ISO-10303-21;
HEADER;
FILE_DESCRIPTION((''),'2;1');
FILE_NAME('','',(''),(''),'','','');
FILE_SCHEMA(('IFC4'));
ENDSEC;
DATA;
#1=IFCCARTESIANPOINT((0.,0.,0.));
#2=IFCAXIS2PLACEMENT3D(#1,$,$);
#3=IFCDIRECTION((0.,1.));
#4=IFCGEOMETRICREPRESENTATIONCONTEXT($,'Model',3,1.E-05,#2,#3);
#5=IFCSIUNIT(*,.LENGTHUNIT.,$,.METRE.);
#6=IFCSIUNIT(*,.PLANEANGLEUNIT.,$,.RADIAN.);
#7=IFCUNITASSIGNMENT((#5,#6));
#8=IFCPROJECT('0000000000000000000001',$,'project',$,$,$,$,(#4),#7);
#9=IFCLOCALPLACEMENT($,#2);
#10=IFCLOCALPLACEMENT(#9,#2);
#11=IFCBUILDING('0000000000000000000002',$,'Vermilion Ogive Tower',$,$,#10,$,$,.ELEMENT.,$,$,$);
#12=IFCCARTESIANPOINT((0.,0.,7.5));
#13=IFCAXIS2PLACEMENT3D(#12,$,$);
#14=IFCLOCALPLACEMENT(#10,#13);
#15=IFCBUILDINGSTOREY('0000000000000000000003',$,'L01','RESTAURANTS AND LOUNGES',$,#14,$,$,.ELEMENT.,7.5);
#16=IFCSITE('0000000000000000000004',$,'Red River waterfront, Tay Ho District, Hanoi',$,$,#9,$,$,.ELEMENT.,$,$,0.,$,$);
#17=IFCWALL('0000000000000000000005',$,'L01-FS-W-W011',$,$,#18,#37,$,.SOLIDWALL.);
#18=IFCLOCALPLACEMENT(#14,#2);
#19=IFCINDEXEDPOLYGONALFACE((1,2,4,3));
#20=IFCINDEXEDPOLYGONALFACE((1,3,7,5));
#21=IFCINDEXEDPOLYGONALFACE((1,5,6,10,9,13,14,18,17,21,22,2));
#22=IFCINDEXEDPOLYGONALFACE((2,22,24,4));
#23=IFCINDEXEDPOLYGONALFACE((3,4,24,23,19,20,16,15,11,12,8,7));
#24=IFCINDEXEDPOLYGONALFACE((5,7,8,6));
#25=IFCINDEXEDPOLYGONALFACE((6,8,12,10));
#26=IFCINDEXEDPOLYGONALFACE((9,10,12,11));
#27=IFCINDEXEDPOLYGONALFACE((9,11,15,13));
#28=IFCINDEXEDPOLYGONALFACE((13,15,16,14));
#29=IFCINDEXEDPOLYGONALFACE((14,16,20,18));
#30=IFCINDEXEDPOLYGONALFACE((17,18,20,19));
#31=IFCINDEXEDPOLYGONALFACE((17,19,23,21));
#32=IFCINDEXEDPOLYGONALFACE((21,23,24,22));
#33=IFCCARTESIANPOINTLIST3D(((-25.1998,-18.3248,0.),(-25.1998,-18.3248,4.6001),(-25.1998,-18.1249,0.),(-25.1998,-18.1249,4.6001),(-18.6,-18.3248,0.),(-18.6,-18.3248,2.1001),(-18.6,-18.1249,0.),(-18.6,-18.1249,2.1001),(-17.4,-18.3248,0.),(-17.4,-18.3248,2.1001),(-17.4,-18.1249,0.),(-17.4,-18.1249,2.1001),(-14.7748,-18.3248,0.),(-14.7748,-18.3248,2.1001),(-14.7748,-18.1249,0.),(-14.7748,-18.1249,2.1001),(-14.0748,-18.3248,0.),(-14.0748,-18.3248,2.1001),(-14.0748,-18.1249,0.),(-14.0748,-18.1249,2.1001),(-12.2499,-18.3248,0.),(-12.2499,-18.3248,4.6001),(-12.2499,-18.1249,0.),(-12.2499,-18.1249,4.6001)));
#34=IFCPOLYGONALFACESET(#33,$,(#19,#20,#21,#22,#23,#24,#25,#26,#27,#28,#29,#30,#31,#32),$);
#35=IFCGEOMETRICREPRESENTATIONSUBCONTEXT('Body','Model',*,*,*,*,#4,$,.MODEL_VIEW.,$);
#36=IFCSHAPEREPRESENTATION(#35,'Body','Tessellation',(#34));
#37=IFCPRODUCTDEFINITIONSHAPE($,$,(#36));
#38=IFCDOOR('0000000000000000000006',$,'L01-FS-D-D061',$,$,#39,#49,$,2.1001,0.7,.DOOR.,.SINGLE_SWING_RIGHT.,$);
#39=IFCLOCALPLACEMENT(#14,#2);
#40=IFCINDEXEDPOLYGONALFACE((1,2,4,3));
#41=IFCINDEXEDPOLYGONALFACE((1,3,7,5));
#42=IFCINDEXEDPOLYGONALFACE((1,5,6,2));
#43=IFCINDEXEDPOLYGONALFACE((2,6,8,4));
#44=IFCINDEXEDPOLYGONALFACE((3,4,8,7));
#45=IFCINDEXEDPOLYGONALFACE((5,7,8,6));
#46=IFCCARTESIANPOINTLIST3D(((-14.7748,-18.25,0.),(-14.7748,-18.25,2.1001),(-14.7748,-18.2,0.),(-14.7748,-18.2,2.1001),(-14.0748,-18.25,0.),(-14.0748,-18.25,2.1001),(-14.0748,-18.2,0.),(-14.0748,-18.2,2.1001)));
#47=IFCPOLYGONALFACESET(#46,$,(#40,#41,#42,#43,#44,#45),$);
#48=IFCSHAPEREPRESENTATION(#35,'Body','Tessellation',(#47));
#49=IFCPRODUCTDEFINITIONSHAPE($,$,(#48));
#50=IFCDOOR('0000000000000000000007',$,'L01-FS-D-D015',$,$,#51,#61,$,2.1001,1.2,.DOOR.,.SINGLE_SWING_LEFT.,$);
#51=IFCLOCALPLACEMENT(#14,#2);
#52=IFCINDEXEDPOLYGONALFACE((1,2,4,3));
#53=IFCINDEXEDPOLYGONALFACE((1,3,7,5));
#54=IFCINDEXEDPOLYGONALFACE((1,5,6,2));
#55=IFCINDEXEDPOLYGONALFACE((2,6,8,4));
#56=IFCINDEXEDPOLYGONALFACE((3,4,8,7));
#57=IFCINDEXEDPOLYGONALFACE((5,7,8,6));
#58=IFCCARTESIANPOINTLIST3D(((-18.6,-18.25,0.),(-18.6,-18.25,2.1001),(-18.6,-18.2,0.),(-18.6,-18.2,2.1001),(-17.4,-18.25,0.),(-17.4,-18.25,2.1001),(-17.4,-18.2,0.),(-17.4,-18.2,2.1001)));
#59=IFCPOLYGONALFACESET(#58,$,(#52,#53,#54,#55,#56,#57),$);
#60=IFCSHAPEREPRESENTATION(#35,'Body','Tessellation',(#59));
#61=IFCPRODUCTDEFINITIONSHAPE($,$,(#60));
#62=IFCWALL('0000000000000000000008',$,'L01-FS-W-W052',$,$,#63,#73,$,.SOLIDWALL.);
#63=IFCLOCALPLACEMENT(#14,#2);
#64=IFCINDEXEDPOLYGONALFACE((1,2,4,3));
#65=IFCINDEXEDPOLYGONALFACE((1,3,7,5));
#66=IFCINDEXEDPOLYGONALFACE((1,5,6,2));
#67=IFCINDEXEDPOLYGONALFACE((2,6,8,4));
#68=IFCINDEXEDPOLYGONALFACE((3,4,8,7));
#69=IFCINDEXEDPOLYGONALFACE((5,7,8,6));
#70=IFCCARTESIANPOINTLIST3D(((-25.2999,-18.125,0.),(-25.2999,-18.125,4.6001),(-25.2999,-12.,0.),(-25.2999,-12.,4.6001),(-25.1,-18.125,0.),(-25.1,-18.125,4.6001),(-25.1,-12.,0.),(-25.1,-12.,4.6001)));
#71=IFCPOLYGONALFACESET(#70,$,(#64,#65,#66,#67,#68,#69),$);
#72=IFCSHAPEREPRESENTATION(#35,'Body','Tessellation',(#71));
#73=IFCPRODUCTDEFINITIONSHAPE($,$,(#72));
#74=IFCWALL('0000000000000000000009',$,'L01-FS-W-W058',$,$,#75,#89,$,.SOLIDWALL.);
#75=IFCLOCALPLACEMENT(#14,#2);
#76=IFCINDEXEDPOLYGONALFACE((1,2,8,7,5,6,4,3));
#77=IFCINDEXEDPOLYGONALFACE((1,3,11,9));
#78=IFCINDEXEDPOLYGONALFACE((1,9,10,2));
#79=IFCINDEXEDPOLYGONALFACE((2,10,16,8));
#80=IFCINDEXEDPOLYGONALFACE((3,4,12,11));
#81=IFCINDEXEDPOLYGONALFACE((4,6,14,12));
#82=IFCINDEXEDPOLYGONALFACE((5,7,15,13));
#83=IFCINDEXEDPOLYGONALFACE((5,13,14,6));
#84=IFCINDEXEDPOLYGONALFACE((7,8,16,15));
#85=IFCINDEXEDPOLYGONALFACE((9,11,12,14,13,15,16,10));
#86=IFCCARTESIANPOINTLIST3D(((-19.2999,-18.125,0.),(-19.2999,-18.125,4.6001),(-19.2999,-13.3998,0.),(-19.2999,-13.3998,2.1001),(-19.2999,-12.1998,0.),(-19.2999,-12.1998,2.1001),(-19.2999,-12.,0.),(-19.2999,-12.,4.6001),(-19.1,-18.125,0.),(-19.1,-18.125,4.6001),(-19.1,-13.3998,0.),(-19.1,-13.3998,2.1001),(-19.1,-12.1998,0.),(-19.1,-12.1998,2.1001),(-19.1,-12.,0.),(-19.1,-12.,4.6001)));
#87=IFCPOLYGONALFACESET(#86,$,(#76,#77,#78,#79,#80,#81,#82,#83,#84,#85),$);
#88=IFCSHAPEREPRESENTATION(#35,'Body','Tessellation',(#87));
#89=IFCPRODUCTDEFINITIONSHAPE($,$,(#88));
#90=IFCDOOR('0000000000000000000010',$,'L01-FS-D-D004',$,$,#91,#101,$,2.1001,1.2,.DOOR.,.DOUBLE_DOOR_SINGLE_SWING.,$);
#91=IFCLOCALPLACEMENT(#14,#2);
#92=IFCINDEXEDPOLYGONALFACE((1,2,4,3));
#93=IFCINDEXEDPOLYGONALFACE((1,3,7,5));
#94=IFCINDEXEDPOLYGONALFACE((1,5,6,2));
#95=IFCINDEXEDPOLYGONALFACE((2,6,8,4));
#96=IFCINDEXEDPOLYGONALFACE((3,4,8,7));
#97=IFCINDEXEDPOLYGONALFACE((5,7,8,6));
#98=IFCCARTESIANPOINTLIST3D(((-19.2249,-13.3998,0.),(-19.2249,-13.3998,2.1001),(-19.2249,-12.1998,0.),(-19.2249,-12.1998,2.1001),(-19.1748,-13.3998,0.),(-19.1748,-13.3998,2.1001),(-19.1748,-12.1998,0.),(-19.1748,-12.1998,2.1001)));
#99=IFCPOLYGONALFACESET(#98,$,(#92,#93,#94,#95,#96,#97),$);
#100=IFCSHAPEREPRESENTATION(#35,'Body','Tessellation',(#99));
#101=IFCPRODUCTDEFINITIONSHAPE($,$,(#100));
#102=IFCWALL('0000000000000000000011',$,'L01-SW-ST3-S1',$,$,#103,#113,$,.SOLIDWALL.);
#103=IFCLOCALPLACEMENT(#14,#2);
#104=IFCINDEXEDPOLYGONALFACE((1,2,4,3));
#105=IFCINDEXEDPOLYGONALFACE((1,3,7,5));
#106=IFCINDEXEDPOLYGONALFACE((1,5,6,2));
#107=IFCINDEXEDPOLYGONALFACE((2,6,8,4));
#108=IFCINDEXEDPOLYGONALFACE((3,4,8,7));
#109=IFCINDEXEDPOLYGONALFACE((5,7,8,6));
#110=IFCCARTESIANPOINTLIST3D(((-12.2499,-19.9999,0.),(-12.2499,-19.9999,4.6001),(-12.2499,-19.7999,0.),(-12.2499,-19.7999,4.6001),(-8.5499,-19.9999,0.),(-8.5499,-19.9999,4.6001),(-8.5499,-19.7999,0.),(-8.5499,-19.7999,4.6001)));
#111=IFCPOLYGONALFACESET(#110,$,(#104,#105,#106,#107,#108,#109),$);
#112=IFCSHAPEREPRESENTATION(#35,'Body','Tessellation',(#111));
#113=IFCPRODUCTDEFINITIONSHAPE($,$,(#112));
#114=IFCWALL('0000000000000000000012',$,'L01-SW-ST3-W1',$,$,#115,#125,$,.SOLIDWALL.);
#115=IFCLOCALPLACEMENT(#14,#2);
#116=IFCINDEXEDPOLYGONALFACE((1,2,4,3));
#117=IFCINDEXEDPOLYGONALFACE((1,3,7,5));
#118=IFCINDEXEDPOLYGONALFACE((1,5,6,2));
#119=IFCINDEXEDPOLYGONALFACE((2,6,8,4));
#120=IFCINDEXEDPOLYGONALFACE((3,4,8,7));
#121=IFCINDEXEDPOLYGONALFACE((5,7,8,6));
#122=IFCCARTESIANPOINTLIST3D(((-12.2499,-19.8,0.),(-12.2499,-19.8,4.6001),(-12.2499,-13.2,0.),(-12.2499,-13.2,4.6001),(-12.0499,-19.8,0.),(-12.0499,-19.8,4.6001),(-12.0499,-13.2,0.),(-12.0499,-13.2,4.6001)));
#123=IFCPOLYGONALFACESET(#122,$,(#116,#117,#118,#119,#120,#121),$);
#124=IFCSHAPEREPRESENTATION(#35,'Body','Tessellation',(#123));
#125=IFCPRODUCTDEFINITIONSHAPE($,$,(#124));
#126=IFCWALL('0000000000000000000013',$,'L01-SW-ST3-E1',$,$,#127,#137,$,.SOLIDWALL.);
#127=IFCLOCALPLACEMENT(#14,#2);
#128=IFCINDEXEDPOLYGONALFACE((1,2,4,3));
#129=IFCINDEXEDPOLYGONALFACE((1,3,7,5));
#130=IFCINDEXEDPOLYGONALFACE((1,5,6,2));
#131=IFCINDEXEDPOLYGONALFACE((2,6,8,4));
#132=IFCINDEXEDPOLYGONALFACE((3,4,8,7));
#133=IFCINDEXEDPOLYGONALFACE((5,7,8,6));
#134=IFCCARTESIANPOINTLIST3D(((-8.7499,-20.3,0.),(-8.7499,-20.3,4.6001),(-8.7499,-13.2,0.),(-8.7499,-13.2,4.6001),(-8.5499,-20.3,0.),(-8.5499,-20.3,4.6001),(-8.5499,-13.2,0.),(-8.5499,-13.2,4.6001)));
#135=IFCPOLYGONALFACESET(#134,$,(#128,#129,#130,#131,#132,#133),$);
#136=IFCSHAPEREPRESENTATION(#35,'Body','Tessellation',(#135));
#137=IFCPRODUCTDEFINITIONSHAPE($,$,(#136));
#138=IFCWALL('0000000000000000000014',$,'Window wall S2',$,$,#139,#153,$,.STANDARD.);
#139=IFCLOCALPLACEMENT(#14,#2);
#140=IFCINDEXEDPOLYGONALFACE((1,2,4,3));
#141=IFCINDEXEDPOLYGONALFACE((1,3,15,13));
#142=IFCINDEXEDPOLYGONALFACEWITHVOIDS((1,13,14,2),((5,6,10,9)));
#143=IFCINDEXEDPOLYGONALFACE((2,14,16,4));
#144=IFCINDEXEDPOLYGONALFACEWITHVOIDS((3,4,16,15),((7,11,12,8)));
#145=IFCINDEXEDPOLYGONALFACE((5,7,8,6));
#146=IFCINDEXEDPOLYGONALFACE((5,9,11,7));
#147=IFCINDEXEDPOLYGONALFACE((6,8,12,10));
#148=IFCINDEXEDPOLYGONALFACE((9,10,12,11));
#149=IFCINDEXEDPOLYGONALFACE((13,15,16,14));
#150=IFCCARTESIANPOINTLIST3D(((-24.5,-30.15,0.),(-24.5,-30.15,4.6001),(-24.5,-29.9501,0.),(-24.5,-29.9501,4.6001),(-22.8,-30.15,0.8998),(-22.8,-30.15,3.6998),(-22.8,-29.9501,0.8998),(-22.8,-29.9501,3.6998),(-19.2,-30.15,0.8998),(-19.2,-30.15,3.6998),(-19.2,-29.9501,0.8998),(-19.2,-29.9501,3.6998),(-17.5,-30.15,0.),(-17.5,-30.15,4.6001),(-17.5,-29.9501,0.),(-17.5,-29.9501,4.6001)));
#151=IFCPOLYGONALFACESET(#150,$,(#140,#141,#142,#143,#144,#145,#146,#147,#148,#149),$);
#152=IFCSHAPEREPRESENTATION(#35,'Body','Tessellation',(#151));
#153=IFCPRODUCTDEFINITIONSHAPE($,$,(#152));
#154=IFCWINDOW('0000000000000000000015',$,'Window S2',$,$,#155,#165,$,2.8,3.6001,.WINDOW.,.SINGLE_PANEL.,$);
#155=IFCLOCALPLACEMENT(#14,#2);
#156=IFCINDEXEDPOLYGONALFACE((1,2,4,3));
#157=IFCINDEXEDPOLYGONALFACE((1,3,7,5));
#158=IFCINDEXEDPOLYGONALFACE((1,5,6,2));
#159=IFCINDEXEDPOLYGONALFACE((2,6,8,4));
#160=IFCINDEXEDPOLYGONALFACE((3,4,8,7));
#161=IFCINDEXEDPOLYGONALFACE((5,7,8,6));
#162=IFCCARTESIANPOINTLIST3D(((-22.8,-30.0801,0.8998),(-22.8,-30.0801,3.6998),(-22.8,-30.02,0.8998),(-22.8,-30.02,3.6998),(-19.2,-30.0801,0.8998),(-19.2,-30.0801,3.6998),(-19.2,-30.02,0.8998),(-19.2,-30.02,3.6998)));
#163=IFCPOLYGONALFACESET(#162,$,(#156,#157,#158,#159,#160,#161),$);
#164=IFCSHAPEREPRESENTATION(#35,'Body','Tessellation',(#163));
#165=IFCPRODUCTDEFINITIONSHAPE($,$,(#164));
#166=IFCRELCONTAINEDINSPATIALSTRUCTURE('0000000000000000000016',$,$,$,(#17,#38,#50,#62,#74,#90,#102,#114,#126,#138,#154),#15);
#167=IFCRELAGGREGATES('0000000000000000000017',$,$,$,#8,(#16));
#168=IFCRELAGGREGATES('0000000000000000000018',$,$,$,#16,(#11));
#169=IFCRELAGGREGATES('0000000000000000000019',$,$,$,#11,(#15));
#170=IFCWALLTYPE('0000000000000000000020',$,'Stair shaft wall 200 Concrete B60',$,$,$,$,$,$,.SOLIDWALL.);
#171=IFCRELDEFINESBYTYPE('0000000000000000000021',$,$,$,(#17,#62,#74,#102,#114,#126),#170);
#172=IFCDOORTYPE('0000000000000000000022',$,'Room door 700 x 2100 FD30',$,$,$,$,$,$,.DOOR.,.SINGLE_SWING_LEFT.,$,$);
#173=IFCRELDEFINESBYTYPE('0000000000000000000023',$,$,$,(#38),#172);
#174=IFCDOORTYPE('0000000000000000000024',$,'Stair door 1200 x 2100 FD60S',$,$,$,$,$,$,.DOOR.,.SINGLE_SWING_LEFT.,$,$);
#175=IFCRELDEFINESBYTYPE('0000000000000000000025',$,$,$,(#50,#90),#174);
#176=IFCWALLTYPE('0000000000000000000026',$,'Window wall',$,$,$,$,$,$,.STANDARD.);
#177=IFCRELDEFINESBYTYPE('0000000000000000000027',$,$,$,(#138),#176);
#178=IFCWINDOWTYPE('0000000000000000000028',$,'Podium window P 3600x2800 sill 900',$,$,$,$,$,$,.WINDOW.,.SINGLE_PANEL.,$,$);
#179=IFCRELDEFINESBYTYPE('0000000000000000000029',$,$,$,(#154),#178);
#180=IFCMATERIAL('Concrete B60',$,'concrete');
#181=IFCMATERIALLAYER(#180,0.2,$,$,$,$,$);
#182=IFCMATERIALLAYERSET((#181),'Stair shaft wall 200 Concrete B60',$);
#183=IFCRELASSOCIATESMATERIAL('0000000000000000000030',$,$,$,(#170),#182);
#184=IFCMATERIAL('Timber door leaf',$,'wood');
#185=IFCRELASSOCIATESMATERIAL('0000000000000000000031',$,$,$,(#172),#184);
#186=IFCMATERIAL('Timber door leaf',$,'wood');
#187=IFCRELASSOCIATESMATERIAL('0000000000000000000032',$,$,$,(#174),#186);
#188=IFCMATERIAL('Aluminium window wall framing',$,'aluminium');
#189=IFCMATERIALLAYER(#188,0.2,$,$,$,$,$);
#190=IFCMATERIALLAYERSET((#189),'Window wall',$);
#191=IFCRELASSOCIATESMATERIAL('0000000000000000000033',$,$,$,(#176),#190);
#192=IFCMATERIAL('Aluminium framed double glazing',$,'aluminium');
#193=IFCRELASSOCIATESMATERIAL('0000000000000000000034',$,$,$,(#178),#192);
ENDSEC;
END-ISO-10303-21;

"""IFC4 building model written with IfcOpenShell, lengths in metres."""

from ifc_helpers import new_model, si_unit, direction, frame, frame_2d, origin, place, context, subcontext, project, spatial, rectangle, extrude, material, layer, layer_set, type_object, element, fill, save


model = new_model("IFC4")

# Units and contexts
model_context = context("Model", 3, precision=1e-05, world=origin(), true_north=direction((0.0, 1.0)))
body_context = subcontext(model_context, "Body", "Model", "MODEL_VIEW")
ifc_project = project(units=[si_unit("LENGTHUNIT", "METRE"), si_unit("PLANEANGLEUNIT", "RADIAN")], contexts=[model_context])

# Site, building, storey
site_placement = place(None, origin())
site = spatial("IfcSite", under=ifc_project, at=site_placement, Name="Red River waterfront, Tay Ho District, Hanoi", CompositionType="ELEMENT", RefElevation=0.0)
building_placement = place(site_placement, origin())
building = spatial("IfcBuilding", under=site, at=building_placement, Name="Vermilion Ogive Tower", CompositionType="ELEMENT")
storey_placement = place(building_placement, frame((0.0, 0.0, 7.5)))
storey = spatial("IfcBuildingStorey", under=building, at=storey_placement, Name="L01", Description="RESTAURANTS AND LOUNGES", CompositionType="ELEMENT", Elevation=7.5)

# Wall, openings, doors
ifc_material_1 = material(Name="Concrete B60", Category="concrete")
ifc_layer_1 = layer(ifc_material_1, 0.2)
ifc_layer_set_1 = layer_set([ifc_layer_1], Name="Stair shaft wall 200 Concrete B60")
wall_type_1 = type_object("IfcWallType", Name="Stair shaft wall 200 Concrete B60", PredefinedType="SOLIDWALL", material=ifc_layer_set_1)
wall_1_placement = place(storey_placement, frame((-25.2, -18.2249, 0.0), z_axis=(0.0, 0.0, 1.0), x_axis=(1.0, 0.0, 0.0)))
wall_1 = element("IfcWall", 1, at=wall_1_placement, inside=storey, type_object=wall_type_1, Name="L01-FS-W-W011", PredefinedType="SOLIDWALL", context=body_context, shape_type="SweptSolid", body=[
    extrude(rectangle(XDim=12.95, YDim=0.2, at=frame_2d((6.4751, 0.0))), origin(), (0.0, 0.0, 1.0), 4.6001),
])
opening_1_placement = place(wall_1_placement, frame((6.5999, 0.0, 0.0)))
opening_1 = element("IfcOpeningElement", 2, at=opening_1_placement, cuts=wall_1, PredefinedType="OPENING", context=body_context, shape_type="SweptSolid", body=[
    extrude(rectangle(XDim=1.2, YDim=2.1001, at=frame_2d((0.6001, 1.05))), frame((0.0, 0.1099, 0.0), z_axis=(0.0, -1.0, 0.0), x_axis=(1.0, 0.0, 0.0)), (0.0, 0.0, 1.0), 0.22),
])
opening_2_placement = place(wall_1_placement, frame((10.425, 0.0, 0.0)))
opening_2 = element("IfcOpeningElement", 3, at=opening_2_placement, cuts=wall_1, PredefinedType="OPENING", context=body_context, shape_type="SweptSolid", body=[
    extrude(rectangle(XDim=0.7, YDim=2.1001, at=frame_2d((0.3501, 1.05))), frame((0.0, 0.1099, 0.0), z_axis=(0.0, -1.0, 0.0), x_axis=(1.0, 0.0, 0.0)), (0.0, 0.0, 1.0), 0.22),
])
ifc_material_2 = material(Name="Timber door leaf", Category="wood")
door_type_1 = type_object("IfcDoorType", Name="Room door 700 x 2100 FD30", OperationType="SINGLE_SWING_LEFT", PredefinedType="DOOR", material=ifc_material_2)
door_1_placement = place(opening_2_placement, origin())
door_1 = element("IfcDoor", 4, at=door_1_placement, inside=storey, type_object=door_type_1, Name="L01-FS-D-D061", OperationType="SINGLE_SWING_RIGHT", OverallHeight=2.1001, OverallWidth=0.7, PredefinedType="DOOR", context=body_context, shape_type="SweptSolid", body=[
    extrude(rectangle(XDim=0.7, YDim=2.1001, at=frame_2d((0.3501, 1.05))), frame((0.0, 0.0249, 0.0), z_axis=(0.0, -1.0, 0.0), x_axis=(1.0, 0.0, 0.0)), (0.0, 0.0, 1.0), 0.05),
])
fill(opening_2, door_1)
ifc_material_3 = material(Name="Timber door leaf", Category="wood")
door_type_2 = type_object("IfcDoorType", Name="Stair door 1200 x 2100 FD60S", OperationType="SINGLE_SWING_LEFT", PredefinedType="DOOR", material=ifc_material_3)
door_2_placement = place(opening_1_placement, origin())
door_2 = element("IfcDoor", 5, at=door_2_placement, inside=storey, type_object=door_type_2, Name="L01-FS-D-D015", OperationType="SINGLE_SWING_LEFT", OverallHeight=2.1001, OverallWidth=1.2, PredefinedType="DOOR", context=body_context, shape_type="SweptSolid", body=[
    extrude(rectangle(XDim=1.2, YDim=2.1001, at=frame_2d((0.6001, 1.05))), frame((0.0, 0.0249, 0.0), z_axis=(0.0, -1.0, 0.0), x_axis=(1.0, 0.0, 0.0)), (0.0, 0.0, 1.0), 0.05),
])
fill(opening_1, door_2)

# Wall
wall_2_placement = place(storey_placement, frame((-25.2, -18.125, 0.0), z_axis=(0.0, 0.0, 1.0), x_axis=(0.0, 1.0, 0.0)))
element("IfcWall", 6, at=wall_2_placement, inside=storey, type_object=wall_type_1, Name="L01-FS-W-W052", PredefinedType="SOLIDWALL", context=body_context, shape_type="SweptSolid", body=[
    extrude(rectangle(XDim=6.125, YDim=0.2, at=frame_2d((3.0625, 0.0))), origin(), (0.0, 0.0, 1.0), 4.6001),
])

# Wall, opening, door
wall_3_placement = place(storey_placement, frame((-19.2, -18.125, 0.0), z_axis=(0.0, 0.0, 1.0), x_axis=(0.0, 1.0, 0.0)))
wall_3 = element("IfcWall", 7, at=wall_3_placement, inside=storey, type_object=wall_type_1, Name="L01-FS-W-W058", PredefinedType="SOLIDWALL", context=body_context, shape_type="SweptSolid", body=[
    extrude(rectangle(XDim=6.125, YDim=0.2, at=frame_2d((3.0625, 0.0))), origin(), (0.0, 0.0, 1.0), 4.6001),
])
opening_3_placement = place(wall_3_placement, frame((4.7251, 0.0, 0.0)))
opening_3 = element("IfcOpeningElement", 8, at=opening_3_placement, cuts=wall_3, PredefinedType="OPENING", context=body_context, shape_type="SweptSolid", body=[
    extrude(rectangle(XDim=1.2, YDim=2.1001, at=frame_2d((0.6001, 1.05))), frame((0.0, 0.1099, 0.0), z_axis=(0.0, -1.0, 0.0), x_axis=(1.0, 0.0, 0.0)), (0.0, 0.0, 1.0), 0.22),
])
door_3_placement = place(opening_3_placement, origin())
door_3 = element("IfcDoor", 9, at=door_3_placement, inside=storey, type_object=door_type_2, Name="L01-FS-D-D004", OperationType="DOUBLE_DOOR_SINGLE_SWING", OverallHeight=2.1001, OverallWidth=1.2, PredefinedType="DOOR", context=body_context, shape_type="SweptSolid", body=[
    extrude(rectangle(XDim=1.2, YDim=2.1001, at=frame_2d((0.6001, 1.05))), frame((0.0, 0.0249, 0.0), z_axis=(0.0, -1.0, 0.0), x_axis=(1.0, 0.0, 0.0)), (0.0, 0.0, 1.0), 0.05),
])
fill(opening_3, door_3)

# Walls
wall_4_placement = place(storey_placement, frame((-12.25, -19.8999, 0.0), z_axis=(0.0, 0.0, 1.0), x_axis=(1.0, 0.0, 0.0)))
element("IfcWall", 10, at=wall_4_placement, inside=storey, type_object=wall_type_1, Name="L01-SW-ST3-S1", PredefinedType="SOLIDWALL", context=body_context, shape_type="SweptSolid", body=[
    extrude(rectangle(XDim=3.7, YDim=0.2, at=frame_2d((1.8501, 0.0))), origin(), (0.0, 0.0, 1.0), 4.6001),
])
wall_5_placement = place(storey_placement, frame((-12.1499, -19.8, 0.0), z_axis=(0.0, 0.0, 1.0), x_axis=(0.0, 1.0, 0.0)))
element("IfcWall", 11, at=wall_5_placement, inside=storey, type_object=wall_type_1, Name="L01-SW-ST3-W1", PredefinedType="SOLIDWALL", context=body_context, shape_type="SweptSolid", body=[
    extrude(rectangle(XDim=6.6001, YDim=0.2, at=frame_2d((3.3, 0.0))), origin(), (0.0, 0.0, 1.0), 4.6001),
])
wall_6_placement = place(storey_placement, frame((-8.6499, -20.3, 0.0), z_axis=(0.0, 0.0, 1.0), x_axis=(0.0, 1.0, 0.0)))
element("IfcWall", 12, at=wall_6_placement, inside=storey, type_object=wall_type_1, Name="L01-SW-ST3-E1", PredefinedType="SOLIDWALL", context=body_context, shape_type="SweptSolid", body=[
    extrude(rectangle(XDim=7.1001, YDim=0.2, at=frame_2d((3.55, 0.0))), origin(), (0.0, 0.0, 1.0), 4.6001),
])

# Wall, opening, window
ifc_material_4 = material(Name="Aluminium window wall framing", Category="aluminium")
ifc_layer_2 = layer(ifc_material_4, 0.2)
ifc_layer_set_2 = layer_set([ifc_layer_2], Name="Window wall")
wall_type_2 = type_object("IfcWallType", Name="Window wall", PredefinedType="STANDARD", material=ifc_layer_set_2)
wall_7_placement = place(storey_placement, frame((-24.5, -30.05, 0.0), z_axis=(0.0, 0.0, 1.0), x_axis=(1.0, 0.0, 0.0)))
wall_7 = element("IfcWall", 13, at=wall_7_placement, inside=storey, type_object=wall_type_2, Name="Window wall S2", PredefinedType="STANDARD", context=body_context, shape_type="SweptSolid", body=[
    extrude(rectangle(XDim=7.0, YDim=0.2, at=frame_2d((3.5, 0.0))), origin(), (0.0, 0.0, 1.0), 4.6001),
])
opening_4_placement = place(wall_7_placement, frame((1.7, 0.0, 0.8999)))
opening_4 = element("IfcOpeningElement", 14, at=opening_4_placement, cuts=wall_7, PredefinedType="OPENING", context=body_context, shape_type="SweptSolid", body=[
    extrude(rectangle(XDim=3.6001, YDim=2.8, at=frame_2d((1.8, 1.3999))), frame((0.0, 0.1099, 0.0), z_axis=(0.0, -1.0, 0.0), x_axis=(1.0, 0.0, 0.0)), (0.0, 0.0, 1.0), 0.22),
])
ifc_material_5 = material(Name="Aluminium framed double glazing", Category="aluminium")
window_type = type_object("IfcWindowType", Name="Podium window P 3600x2800 sill 900", PartitioningType="SINGLE_PANEL", PredefinedType="WINDOW", material=ifc_material_5)
window_1_placement = place(opening_4_placement, origin())
window_1 = element("IfcWindow", 15, at=window_1_placement, inside=storey, type_object=window_type, Name="Window S2", OverallHeight=2.8, OverallWidth=3.6001, PartitioningType="SINGLE_PANEL", PredefinedType="WINDOW", context=body_context, shape_type="SweptSolid", body=[
    extrude(rectangle(XDim=3.6001, YDim=2.8, at=frame_2d((1.8, 1.3999))), frame((0.0, 0.03, 0.0), z_axis=(0.0, -1.0, 0.0), x_axis=(1.0, 0.0, 0.0)), (0.0, 0.0, 1.0), 0.0601),
])
fill(opening_4, window_1)

save(model, "model.ifc")
